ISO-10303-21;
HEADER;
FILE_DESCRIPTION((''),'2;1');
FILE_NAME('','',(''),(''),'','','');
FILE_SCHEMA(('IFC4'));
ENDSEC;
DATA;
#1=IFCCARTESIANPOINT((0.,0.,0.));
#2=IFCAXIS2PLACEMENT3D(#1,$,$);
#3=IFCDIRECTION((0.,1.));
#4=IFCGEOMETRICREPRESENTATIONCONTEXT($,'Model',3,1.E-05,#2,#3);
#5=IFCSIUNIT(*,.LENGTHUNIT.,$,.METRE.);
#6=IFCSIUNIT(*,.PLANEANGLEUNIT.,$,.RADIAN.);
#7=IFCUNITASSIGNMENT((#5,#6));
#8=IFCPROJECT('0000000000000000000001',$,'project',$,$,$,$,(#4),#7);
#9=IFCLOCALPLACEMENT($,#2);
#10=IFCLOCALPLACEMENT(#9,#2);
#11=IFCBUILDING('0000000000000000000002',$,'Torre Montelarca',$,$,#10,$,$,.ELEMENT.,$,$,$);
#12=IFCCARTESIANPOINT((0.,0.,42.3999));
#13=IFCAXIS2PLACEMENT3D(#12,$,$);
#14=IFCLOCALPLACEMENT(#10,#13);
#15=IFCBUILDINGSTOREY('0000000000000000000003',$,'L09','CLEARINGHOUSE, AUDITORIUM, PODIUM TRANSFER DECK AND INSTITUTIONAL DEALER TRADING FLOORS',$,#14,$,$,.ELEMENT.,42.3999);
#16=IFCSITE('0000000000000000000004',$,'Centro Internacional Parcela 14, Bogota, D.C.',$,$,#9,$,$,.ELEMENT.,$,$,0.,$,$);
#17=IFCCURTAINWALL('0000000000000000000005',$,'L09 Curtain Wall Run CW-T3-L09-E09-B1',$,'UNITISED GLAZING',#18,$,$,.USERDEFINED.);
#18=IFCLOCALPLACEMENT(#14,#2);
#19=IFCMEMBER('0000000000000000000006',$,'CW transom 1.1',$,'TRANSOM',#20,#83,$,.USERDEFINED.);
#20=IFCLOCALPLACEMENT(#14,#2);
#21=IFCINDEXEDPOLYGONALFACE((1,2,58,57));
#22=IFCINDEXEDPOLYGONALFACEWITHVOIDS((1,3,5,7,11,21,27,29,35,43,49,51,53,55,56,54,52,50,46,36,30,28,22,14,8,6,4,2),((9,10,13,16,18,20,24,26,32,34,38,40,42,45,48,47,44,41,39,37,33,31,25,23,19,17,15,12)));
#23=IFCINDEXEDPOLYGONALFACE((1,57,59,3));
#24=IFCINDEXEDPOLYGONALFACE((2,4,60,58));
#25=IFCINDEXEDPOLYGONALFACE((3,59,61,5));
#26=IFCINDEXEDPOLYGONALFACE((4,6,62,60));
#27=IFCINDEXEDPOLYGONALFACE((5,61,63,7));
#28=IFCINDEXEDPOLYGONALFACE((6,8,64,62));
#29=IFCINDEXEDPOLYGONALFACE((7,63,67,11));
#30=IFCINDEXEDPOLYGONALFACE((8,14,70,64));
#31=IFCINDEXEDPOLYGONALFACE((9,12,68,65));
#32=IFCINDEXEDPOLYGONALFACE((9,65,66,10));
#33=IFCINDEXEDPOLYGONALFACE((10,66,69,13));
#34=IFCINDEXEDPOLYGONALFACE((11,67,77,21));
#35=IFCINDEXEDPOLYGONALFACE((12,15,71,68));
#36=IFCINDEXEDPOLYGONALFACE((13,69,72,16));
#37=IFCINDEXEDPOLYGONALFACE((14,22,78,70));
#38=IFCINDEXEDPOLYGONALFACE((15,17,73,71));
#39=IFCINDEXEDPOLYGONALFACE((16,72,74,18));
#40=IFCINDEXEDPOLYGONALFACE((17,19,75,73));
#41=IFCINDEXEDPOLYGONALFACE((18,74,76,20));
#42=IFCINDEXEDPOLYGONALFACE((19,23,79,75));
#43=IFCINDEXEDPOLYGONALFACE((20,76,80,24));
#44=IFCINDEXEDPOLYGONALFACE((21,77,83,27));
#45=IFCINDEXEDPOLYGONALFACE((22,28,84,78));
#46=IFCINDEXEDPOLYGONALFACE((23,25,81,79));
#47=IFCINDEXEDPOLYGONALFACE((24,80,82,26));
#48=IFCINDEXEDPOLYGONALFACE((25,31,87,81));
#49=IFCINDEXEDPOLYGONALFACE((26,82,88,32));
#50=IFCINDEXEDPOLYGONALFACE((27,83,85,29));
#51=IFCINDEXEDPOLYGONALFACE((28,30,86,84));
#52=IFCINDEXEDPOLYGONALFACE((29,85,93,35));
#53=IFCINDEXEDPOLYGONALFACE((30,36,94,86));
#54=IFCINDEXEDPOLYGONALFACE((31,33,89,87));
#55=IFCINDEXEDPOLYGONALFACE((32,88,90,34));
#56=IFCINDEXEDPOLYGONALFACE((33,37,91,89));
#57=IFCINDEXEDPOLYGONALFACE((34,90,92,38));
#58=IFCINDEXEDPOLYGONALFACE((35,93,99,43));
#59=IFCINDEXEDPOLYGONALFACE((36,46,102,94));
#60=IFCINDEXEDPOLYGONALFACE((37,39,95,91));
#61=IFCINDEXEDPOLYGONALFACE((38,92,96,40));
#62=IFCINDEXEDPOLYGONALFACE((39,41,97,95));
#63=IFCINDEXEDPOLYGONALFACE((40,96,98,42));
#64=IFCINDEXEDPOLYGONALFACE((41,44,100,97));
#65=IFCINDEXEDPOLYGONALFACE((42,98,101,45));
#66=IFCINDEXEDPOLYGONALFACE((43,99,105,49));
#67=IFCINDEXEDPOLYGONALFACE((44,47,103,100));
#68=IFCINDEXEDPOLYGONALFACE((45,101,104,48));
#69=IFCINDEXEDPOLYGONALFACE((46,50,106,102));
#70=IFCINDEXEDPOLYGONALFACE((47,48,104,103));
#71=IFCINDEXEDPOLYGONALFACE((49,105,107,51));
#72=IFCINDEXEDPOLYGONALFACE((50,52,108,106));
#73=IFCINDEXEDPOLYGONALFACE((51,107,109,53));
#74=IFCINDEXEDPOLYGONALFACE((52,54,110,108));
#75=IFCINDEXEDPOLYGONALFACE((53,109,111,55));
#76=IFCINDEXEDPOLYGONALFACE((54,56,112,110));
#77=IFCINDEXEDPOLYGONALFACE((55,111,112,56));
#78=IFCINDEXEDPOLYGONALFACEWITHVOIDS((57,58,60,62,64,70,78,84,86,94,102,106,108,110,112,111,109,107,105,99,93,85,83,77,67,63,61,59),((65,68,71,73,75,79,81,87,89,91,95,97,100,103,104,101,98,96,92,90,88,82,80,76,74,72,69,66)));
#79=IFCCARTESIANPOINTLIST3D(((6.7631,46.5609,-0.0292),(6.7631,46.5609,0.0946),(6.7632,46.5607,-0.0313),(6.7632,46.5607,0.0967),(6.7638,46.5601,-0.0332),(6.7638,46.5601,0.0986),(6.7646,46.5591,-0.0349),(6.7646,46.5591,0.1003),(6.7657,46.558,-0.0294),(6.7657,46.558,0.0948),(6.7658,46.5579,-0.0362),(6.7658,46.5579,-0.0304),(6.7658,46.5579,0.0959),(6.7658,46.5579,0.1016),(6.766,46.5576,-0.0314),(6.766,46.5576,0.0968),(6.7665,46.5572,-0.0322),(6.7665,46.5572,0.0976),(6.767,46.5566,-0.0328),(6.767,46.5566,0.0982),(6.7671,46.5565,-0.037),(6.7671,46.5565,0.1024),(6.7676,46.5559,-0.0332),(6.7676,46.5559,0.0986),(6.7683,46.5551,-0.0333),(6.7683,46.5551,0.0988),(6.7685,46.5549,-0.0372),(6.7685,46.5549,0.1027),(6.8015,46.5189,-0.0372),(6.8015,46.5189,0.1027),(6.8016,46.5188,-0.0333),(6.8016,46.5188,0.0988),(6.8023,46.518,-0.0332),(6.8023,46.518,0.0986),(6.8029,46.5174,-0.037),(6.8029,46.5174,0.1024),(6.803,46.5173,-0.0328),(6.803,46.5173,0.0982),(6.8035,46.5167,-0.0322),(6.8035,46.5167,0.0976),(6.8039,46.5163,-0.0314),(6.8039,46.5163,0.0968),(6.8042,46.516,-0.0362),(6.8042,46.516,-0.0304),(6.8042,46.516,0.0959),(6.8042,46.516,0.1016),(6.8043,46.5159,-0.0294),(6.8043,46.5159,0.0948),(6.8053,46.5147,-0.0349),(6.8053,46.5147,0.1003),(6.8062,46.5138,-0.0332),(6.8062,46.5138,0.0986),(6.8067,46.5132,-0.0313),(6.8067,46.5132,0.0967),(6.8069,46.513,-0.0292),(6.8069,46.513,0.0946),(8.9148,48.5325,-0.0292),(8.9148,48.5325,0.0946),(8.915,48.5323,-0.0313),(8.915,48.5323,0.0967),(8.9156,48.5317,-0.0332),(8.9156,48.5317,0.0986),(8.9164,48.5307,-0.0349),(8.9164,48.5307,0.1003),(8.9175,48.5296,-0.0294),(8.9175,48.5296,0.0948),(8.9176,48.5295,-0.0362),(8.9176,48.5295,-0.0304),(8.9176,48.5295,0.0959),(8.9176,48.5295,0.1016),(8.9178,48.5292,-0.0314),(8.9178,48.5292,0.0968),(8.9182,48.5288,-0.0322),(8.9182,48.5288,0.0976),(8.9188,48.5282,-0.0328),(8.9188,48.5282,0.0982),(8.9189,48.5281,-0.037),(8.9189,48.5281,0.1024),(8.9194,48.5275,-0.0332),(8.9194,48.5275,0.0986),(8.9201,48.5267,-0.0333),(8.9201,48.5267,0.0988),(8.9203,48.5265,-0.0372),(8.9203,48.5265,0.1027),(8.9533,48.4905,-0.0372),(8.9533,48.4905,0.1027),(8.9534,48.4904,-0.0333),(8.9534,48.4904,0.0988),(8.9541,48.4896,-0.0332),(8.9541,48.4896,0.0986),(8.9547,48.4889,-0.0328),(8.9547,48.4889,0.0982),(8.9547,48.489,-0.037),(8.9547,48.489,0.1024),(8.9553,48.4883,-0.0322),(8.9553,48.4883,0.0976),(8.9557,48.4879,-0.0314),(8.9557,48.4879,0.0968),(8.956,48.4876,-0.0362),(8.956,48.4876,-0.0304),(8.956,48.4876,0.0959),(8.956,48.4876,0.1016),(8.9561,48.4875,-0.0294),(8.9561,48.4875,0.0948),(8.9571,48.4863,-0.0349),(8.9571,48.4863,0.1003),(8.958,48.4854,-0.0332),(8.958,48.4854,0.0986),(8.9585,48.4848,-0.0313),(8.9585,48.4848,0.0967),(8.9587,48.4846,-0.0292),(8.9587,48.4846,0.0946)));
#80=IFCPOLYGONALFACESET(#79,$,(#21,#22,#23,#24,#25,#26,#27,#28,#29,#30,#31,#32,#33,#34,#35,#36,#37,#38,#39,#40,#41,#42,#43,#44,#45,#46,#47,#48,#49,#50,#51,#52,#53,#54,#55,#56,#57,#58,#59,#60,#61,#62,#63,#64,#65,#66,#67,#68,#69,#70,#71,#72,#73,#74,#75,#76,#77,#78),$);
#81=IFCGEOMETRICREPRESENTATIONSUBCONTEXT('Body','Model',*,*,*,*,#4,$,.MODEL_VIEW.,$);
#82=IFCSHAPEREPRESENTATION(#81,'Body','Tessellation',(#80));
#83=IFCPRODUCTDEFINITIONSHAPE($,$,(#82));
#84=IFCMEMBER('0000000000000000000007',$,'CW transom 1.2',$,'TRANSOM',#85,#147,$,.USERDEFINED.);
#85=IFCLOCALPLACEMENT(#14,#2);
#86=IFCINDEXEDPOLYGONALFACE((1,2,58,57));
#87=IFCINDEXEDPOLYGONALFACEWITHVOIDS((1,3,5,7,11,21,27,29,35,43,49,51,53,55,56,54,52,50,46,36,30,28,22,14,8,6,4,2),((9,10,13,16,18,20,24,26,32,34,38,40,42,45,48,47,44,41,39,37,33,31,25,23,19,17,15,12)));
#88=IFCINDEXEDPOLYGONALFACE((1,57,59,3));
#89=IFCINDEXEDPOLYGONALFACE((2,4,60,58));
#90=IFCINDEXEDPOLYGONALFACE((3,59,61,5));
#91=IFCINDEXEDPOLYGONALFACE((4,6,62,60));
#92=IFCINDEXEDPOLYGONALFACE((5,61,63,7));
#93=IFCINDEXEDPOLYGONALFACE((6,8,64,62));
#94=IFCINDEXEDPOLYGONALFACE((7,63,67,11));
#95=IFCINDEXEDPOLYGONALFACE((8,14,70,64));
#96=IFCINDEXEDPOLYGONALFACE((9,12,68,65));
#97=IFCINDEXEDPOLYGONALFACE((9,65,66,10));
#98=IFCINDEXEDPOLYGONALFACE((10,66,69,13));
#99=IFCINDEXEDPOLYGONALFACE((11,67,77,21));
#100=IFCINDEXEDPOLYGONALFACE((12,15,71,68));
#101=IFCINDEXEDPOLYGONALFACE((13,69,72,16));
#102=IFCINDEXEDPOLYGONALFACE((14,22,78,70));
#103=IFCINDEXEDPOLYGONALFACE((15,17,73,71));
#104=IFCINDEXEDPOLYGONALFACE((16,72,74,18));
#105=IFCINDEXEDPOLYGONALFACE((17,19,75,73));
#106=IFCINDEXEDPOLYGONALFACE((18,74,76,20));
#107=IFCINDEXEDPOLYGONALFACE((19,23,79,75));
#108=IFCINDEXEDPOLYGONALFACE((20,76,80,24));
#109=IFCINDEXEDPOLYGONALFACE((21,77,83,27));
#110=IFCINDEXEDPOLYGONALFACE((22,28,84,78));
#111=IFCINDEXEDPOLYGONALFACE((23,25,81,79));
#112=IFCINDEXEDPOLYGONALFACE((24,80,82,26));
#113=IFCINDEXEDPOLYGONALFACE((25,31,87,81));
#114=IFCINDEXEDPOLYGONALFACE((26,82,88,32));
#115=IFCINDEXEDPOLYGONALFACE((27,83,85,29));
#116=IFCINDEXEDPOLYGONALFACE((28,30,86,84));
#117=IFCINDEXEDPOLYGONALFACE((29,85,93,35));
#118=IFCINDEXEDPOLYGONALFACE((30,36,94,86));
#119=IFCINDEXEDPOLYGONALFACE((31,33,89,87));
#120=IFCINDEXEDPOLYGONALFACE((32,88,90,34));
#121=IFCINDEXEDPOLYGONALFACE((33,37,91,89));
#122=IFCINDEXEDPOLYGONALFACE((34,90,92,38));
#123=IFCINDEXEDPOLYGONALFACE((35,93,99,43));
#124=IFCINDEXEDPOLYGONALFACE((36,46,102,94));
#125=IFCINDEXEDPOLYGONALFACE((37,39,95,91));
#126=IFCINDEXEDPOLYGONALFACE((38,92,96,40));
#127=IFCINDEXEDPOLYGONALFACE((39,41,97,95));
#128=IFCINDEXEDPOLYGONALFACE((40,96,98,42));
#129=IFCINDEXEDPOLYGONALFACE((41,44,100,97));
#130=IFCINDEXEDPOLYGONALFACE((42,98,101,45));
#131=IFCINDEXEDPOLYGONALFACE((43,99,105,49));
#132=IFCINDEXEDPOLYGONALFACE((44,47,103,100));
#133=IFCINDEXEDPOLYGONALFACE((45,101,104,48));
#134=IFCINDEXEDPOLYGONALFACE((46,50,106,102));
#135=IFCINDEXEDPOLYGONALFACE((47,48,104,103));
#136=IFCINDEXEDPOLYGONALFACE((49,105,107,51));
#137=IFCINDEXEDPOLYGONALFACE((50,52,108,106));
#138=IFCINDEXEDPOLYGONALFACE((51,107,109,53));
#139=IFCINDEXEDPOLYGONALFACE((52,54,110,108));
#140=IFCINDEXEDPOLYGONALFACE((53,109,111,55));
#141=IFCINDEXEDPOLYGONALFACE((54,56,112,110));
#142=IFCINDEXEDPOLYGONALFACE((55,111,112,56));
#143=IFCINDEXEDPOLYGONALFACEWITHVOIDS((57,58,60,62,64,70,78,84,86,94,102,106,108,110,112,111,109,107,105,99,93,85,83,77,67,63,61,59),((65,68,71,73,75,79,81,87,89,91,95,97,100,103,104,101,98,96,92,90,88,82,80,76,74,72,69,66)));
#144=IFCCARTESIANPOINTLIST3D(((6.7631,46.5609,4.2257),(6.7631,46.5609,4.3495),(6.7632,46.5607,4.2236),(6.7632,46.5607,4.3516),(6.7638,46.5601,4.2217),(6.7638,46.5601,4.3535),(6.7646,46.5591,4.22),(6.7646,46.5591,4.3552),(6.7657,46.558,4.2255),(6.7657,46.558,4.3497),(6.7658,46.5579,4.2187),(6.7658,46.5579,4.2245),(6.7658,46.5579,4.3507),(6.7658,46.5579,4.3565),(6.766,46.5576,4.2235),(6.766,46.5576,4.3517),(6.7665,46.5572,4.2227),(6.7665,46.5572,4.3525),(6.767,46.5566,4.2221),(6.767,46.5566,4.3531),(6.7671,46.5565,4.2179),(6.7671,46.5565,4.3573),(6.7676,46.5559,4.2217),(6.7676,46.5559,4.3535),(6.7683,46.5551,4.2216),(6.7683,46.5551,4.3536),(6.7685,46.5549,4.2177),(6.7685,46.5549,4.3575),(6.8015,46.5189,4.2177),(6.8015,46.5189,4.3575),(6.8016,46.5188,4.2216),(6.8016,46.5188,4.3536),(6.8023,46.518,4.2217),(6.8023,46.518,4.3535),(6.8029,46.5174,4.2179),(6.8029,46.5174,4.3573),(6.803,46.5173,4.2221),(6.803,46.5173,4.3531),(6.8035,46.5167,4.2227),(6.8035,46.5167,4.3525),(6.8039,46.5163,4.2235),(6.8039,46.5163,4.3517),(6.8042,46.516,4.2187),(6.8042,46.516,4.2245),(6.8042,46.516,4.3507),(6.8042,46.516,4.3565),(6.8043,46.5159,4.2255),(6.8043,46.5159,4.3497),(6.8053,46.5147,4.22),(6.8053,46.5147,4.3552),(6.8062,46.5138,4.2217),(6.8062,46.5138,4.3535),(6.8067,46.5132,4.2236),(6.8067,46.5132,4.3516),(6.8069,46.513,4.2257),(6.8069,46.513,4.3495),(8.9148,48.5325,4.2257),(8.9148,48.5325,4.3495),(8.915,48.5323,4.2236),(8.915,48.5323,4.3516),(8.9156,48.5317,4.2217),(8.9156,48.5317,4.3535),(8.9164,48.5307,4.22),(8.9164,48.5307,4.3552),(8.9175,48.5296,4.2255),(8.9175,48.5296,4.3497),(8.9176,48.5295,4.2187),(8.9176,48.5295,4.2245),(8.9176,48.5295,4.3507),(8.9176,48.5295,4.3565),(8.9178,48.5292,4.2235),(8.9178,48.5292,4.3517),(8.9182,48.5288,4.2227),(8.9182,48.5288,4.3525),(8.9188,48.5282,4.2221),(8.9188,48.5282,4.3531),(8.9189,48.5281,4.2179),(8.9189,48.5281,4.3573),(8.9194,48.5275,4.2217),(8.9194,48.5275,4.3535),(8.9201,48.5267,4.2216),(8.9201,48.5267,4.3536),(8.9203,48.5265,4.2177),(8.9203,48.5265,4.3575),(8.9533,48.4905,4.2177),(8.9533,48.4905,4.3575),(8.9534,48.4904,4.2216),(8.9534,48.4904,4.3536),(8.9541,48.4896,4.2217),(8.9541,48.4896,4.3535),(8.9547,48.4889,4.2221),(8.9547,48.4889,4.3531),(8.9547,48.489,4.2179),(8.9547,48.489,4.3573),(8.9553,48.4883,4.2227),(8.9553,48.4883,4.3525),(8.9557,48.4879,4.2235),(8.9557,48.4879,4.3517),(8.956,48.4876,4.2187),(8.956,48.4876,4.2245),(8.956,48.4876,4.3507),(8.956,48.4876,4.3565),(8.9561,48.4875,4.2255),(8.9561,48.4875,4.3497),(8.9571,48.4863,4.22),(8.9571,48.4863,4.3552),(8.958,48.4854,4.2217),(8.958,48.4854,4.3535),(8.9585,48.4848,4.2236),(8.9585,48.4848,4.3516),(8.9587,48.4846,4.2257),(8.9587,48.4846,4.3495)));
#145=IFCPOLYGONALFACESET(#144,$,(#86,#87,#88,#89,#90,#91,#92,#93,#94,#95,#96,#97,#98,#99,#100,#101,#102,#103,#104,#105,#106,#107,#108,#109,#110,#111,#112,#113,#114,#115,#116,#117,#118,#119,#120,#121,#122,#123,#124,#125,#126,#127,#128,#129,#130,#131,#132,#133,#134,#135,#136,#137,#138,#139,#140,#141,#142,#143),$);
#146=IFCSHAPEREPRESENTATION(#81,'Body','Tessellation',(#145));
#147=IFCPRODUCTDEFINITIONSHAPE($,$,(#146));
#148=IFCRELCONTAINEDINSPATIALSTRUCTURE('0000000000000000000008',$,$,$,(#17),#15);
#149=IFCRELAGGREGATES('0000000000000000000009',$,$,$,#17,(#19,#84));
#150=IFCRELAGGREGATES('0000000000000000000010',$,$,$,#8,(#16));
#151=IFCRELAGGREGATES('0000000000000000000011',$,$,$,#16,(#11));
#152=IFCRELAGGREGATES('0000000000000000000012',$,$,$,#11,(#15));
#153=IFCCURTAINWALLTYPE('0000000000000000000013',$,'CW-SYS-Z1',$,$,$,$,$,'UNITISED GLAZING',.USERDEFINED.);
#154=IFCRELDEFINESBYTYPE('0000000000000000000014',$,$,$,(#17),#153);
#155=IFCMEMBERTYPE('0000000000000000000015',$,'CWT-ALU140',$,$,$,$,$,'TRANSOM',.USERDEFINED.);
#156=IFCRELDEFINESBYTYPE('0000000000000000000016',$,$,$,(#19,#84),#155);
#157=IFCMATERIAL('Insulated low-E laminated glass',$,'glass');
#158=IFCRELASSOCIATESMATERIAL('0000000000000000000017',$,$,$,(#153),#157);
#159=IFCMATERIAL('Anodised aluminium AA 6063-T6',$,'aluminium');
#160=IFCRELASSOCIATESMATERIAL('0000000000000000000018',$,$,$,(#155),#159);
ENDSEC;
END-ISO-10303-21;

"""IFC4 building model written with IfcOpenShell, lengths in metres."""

from ifc_helpers import new_model, si_unit, direction, frame, origin, origin_2d, place, context, subcontext, project, spatial, hollow_rectangle, extrude, source, transform, mapped, material, material_profile, profile_set, type_object, element, aggregate, save


model = new_model("IFC4")

# Units and contexts
model_context = context("Model", 3, precision=1e-05, world=origin(), true_north=direction((0.0, 1.0)))
body_context = subcontext(model_context, "Body", "Model", "MODEL_VIEW")
ifc_project = project(units=[si_unit("LENGTHUNIT", "METRE"), si_unit("PLANEANGLEUNIT", "RADIAN")], contexts=[model_context])

# Site, building, storey
site_placement = place(None, origin())
site = spatial("IfcSite", under=ifc_project, at=site_placement, Name="Centro Internacional Parcela 14, Bogota, D.C.", CompositionType="ELEMENT", RefElevation=0.0)
building_placement = place(site_placement, origin())
building = spatial("IfcBuilding", under=site, at=building_placement, Name="Torre Montelarca", CompositionType="ELEMENT")
storey_placement = place(building_placement, frame((0.0, 0.0, 42.3999)))
storey = spatial("IfcBuildingStorey", under=building, at=storey_placement, Name="L09", Description="CLEARINGHOUSE, AUDITORIUM, PODIUM TRANSFER DECK AND INSTITUTIONAL DEALER TRADING FLOORS", CompositionType="ELEMENT", Elevation=42.3999)

# Curtain wall, members
ifc_material_1 = material(Name="Insulated low-E laminated glass", Category="glass")
curtain_wall_type = type_object("IfcCurtainWallType", Name="CW-SYS-Z1", ElementType="UNITISED GLAZING", PredefinedType="USERDEFINED", material=ifc_material_1)
curtain_wall_1_placement = place(storey_placement, origin())
curtain_wall_1 = element("IfcCurtainWall", 1, at=curtain_wall_1_placement, inside=storey, type_object=curtain_wall_type, Name="L09 Curtain Wall Run CW-T3-L09-E09-B1", ObjectType="UNITISED GLAZING", PredefinedType="USERDEFINED")
ifc_material_2 = material(Name="Anodised aluminium AA 6063-T6", Category="aluminium")
ifc_material_profile_1 = material_profile(ifc_material_2, hollow_rectangle(XDim=0.0649, YDim=0.1399, WallThickness=0.0039, InnerFilletRadius=0.0039, OuterFilletRadius=0.0081, at=origin_2d()), Name="ALU65X140X4", Category="aluminium")
ifc_profile_set_1 = profile_set([ifc_material_profile_1], Name="Anodised aluminium AA 6063-T6")
member_type_1 = type_object("IfcMemberType", Name="CWT-ALU140", ElementType="TRANSOM", PredefinedType="USERDEFINED", material=ifc_profile_set_1)
shared_shape_1 = source(origin(), body_context, "Body", "SweptSolid", [
    extrude(hollow_rectangle(XDim=0.0649, YDim=0.1399, WallThickness=0.0039, InnerFilletRadius=0.0039, OuterFilletRadius=0.0081, at=origin_2d()), origin(), (0.0, 0.0, 1.0), 2.9185),
])
member_1_placement = place(storey_placement, frame((8.9368, 48.5085, 0.0327), z_axis=(-0.7373, -0.675566, 0.0), x_axis=(0.675566, -0.7373, 0.0)))
member_1 = element("IfcMember", 2, at=member_1_placement, type_object=member_type_1, Name="CW transom 1.1", ObjectType="TRANSOM", PredefinedType="USERDEFINED", context=body_context, shape_type="MappedRepresentation", body=[
    mapped(shared_shape_1, transform((0.0, 0.0, 0.0), scale=1.0)),
])
member_2_placement = place(storey_placement, frame((8.9368, 48.5085, 4.2876), z_axis=(-0.7373, -0.675566, 0.0), x_axis=(0.675566, -0.7373, 0.0)))
member_2 = element("IfcMember", 3, at=member_2_placement, type_object=member_type_1, Name="CW transom 1.2", ObjectType="TRANSOM", PredefinedType="USERDEFINED", context=body_context, shape_type="MappedRepresentation", body=[
    mapped(shared_shape_1, transform((0.0, 0.0, 0.0), scale=1.0)),
])

aggregate(curtain_wall_1, [member_1, member_2])

save(model, "model.ifc")
